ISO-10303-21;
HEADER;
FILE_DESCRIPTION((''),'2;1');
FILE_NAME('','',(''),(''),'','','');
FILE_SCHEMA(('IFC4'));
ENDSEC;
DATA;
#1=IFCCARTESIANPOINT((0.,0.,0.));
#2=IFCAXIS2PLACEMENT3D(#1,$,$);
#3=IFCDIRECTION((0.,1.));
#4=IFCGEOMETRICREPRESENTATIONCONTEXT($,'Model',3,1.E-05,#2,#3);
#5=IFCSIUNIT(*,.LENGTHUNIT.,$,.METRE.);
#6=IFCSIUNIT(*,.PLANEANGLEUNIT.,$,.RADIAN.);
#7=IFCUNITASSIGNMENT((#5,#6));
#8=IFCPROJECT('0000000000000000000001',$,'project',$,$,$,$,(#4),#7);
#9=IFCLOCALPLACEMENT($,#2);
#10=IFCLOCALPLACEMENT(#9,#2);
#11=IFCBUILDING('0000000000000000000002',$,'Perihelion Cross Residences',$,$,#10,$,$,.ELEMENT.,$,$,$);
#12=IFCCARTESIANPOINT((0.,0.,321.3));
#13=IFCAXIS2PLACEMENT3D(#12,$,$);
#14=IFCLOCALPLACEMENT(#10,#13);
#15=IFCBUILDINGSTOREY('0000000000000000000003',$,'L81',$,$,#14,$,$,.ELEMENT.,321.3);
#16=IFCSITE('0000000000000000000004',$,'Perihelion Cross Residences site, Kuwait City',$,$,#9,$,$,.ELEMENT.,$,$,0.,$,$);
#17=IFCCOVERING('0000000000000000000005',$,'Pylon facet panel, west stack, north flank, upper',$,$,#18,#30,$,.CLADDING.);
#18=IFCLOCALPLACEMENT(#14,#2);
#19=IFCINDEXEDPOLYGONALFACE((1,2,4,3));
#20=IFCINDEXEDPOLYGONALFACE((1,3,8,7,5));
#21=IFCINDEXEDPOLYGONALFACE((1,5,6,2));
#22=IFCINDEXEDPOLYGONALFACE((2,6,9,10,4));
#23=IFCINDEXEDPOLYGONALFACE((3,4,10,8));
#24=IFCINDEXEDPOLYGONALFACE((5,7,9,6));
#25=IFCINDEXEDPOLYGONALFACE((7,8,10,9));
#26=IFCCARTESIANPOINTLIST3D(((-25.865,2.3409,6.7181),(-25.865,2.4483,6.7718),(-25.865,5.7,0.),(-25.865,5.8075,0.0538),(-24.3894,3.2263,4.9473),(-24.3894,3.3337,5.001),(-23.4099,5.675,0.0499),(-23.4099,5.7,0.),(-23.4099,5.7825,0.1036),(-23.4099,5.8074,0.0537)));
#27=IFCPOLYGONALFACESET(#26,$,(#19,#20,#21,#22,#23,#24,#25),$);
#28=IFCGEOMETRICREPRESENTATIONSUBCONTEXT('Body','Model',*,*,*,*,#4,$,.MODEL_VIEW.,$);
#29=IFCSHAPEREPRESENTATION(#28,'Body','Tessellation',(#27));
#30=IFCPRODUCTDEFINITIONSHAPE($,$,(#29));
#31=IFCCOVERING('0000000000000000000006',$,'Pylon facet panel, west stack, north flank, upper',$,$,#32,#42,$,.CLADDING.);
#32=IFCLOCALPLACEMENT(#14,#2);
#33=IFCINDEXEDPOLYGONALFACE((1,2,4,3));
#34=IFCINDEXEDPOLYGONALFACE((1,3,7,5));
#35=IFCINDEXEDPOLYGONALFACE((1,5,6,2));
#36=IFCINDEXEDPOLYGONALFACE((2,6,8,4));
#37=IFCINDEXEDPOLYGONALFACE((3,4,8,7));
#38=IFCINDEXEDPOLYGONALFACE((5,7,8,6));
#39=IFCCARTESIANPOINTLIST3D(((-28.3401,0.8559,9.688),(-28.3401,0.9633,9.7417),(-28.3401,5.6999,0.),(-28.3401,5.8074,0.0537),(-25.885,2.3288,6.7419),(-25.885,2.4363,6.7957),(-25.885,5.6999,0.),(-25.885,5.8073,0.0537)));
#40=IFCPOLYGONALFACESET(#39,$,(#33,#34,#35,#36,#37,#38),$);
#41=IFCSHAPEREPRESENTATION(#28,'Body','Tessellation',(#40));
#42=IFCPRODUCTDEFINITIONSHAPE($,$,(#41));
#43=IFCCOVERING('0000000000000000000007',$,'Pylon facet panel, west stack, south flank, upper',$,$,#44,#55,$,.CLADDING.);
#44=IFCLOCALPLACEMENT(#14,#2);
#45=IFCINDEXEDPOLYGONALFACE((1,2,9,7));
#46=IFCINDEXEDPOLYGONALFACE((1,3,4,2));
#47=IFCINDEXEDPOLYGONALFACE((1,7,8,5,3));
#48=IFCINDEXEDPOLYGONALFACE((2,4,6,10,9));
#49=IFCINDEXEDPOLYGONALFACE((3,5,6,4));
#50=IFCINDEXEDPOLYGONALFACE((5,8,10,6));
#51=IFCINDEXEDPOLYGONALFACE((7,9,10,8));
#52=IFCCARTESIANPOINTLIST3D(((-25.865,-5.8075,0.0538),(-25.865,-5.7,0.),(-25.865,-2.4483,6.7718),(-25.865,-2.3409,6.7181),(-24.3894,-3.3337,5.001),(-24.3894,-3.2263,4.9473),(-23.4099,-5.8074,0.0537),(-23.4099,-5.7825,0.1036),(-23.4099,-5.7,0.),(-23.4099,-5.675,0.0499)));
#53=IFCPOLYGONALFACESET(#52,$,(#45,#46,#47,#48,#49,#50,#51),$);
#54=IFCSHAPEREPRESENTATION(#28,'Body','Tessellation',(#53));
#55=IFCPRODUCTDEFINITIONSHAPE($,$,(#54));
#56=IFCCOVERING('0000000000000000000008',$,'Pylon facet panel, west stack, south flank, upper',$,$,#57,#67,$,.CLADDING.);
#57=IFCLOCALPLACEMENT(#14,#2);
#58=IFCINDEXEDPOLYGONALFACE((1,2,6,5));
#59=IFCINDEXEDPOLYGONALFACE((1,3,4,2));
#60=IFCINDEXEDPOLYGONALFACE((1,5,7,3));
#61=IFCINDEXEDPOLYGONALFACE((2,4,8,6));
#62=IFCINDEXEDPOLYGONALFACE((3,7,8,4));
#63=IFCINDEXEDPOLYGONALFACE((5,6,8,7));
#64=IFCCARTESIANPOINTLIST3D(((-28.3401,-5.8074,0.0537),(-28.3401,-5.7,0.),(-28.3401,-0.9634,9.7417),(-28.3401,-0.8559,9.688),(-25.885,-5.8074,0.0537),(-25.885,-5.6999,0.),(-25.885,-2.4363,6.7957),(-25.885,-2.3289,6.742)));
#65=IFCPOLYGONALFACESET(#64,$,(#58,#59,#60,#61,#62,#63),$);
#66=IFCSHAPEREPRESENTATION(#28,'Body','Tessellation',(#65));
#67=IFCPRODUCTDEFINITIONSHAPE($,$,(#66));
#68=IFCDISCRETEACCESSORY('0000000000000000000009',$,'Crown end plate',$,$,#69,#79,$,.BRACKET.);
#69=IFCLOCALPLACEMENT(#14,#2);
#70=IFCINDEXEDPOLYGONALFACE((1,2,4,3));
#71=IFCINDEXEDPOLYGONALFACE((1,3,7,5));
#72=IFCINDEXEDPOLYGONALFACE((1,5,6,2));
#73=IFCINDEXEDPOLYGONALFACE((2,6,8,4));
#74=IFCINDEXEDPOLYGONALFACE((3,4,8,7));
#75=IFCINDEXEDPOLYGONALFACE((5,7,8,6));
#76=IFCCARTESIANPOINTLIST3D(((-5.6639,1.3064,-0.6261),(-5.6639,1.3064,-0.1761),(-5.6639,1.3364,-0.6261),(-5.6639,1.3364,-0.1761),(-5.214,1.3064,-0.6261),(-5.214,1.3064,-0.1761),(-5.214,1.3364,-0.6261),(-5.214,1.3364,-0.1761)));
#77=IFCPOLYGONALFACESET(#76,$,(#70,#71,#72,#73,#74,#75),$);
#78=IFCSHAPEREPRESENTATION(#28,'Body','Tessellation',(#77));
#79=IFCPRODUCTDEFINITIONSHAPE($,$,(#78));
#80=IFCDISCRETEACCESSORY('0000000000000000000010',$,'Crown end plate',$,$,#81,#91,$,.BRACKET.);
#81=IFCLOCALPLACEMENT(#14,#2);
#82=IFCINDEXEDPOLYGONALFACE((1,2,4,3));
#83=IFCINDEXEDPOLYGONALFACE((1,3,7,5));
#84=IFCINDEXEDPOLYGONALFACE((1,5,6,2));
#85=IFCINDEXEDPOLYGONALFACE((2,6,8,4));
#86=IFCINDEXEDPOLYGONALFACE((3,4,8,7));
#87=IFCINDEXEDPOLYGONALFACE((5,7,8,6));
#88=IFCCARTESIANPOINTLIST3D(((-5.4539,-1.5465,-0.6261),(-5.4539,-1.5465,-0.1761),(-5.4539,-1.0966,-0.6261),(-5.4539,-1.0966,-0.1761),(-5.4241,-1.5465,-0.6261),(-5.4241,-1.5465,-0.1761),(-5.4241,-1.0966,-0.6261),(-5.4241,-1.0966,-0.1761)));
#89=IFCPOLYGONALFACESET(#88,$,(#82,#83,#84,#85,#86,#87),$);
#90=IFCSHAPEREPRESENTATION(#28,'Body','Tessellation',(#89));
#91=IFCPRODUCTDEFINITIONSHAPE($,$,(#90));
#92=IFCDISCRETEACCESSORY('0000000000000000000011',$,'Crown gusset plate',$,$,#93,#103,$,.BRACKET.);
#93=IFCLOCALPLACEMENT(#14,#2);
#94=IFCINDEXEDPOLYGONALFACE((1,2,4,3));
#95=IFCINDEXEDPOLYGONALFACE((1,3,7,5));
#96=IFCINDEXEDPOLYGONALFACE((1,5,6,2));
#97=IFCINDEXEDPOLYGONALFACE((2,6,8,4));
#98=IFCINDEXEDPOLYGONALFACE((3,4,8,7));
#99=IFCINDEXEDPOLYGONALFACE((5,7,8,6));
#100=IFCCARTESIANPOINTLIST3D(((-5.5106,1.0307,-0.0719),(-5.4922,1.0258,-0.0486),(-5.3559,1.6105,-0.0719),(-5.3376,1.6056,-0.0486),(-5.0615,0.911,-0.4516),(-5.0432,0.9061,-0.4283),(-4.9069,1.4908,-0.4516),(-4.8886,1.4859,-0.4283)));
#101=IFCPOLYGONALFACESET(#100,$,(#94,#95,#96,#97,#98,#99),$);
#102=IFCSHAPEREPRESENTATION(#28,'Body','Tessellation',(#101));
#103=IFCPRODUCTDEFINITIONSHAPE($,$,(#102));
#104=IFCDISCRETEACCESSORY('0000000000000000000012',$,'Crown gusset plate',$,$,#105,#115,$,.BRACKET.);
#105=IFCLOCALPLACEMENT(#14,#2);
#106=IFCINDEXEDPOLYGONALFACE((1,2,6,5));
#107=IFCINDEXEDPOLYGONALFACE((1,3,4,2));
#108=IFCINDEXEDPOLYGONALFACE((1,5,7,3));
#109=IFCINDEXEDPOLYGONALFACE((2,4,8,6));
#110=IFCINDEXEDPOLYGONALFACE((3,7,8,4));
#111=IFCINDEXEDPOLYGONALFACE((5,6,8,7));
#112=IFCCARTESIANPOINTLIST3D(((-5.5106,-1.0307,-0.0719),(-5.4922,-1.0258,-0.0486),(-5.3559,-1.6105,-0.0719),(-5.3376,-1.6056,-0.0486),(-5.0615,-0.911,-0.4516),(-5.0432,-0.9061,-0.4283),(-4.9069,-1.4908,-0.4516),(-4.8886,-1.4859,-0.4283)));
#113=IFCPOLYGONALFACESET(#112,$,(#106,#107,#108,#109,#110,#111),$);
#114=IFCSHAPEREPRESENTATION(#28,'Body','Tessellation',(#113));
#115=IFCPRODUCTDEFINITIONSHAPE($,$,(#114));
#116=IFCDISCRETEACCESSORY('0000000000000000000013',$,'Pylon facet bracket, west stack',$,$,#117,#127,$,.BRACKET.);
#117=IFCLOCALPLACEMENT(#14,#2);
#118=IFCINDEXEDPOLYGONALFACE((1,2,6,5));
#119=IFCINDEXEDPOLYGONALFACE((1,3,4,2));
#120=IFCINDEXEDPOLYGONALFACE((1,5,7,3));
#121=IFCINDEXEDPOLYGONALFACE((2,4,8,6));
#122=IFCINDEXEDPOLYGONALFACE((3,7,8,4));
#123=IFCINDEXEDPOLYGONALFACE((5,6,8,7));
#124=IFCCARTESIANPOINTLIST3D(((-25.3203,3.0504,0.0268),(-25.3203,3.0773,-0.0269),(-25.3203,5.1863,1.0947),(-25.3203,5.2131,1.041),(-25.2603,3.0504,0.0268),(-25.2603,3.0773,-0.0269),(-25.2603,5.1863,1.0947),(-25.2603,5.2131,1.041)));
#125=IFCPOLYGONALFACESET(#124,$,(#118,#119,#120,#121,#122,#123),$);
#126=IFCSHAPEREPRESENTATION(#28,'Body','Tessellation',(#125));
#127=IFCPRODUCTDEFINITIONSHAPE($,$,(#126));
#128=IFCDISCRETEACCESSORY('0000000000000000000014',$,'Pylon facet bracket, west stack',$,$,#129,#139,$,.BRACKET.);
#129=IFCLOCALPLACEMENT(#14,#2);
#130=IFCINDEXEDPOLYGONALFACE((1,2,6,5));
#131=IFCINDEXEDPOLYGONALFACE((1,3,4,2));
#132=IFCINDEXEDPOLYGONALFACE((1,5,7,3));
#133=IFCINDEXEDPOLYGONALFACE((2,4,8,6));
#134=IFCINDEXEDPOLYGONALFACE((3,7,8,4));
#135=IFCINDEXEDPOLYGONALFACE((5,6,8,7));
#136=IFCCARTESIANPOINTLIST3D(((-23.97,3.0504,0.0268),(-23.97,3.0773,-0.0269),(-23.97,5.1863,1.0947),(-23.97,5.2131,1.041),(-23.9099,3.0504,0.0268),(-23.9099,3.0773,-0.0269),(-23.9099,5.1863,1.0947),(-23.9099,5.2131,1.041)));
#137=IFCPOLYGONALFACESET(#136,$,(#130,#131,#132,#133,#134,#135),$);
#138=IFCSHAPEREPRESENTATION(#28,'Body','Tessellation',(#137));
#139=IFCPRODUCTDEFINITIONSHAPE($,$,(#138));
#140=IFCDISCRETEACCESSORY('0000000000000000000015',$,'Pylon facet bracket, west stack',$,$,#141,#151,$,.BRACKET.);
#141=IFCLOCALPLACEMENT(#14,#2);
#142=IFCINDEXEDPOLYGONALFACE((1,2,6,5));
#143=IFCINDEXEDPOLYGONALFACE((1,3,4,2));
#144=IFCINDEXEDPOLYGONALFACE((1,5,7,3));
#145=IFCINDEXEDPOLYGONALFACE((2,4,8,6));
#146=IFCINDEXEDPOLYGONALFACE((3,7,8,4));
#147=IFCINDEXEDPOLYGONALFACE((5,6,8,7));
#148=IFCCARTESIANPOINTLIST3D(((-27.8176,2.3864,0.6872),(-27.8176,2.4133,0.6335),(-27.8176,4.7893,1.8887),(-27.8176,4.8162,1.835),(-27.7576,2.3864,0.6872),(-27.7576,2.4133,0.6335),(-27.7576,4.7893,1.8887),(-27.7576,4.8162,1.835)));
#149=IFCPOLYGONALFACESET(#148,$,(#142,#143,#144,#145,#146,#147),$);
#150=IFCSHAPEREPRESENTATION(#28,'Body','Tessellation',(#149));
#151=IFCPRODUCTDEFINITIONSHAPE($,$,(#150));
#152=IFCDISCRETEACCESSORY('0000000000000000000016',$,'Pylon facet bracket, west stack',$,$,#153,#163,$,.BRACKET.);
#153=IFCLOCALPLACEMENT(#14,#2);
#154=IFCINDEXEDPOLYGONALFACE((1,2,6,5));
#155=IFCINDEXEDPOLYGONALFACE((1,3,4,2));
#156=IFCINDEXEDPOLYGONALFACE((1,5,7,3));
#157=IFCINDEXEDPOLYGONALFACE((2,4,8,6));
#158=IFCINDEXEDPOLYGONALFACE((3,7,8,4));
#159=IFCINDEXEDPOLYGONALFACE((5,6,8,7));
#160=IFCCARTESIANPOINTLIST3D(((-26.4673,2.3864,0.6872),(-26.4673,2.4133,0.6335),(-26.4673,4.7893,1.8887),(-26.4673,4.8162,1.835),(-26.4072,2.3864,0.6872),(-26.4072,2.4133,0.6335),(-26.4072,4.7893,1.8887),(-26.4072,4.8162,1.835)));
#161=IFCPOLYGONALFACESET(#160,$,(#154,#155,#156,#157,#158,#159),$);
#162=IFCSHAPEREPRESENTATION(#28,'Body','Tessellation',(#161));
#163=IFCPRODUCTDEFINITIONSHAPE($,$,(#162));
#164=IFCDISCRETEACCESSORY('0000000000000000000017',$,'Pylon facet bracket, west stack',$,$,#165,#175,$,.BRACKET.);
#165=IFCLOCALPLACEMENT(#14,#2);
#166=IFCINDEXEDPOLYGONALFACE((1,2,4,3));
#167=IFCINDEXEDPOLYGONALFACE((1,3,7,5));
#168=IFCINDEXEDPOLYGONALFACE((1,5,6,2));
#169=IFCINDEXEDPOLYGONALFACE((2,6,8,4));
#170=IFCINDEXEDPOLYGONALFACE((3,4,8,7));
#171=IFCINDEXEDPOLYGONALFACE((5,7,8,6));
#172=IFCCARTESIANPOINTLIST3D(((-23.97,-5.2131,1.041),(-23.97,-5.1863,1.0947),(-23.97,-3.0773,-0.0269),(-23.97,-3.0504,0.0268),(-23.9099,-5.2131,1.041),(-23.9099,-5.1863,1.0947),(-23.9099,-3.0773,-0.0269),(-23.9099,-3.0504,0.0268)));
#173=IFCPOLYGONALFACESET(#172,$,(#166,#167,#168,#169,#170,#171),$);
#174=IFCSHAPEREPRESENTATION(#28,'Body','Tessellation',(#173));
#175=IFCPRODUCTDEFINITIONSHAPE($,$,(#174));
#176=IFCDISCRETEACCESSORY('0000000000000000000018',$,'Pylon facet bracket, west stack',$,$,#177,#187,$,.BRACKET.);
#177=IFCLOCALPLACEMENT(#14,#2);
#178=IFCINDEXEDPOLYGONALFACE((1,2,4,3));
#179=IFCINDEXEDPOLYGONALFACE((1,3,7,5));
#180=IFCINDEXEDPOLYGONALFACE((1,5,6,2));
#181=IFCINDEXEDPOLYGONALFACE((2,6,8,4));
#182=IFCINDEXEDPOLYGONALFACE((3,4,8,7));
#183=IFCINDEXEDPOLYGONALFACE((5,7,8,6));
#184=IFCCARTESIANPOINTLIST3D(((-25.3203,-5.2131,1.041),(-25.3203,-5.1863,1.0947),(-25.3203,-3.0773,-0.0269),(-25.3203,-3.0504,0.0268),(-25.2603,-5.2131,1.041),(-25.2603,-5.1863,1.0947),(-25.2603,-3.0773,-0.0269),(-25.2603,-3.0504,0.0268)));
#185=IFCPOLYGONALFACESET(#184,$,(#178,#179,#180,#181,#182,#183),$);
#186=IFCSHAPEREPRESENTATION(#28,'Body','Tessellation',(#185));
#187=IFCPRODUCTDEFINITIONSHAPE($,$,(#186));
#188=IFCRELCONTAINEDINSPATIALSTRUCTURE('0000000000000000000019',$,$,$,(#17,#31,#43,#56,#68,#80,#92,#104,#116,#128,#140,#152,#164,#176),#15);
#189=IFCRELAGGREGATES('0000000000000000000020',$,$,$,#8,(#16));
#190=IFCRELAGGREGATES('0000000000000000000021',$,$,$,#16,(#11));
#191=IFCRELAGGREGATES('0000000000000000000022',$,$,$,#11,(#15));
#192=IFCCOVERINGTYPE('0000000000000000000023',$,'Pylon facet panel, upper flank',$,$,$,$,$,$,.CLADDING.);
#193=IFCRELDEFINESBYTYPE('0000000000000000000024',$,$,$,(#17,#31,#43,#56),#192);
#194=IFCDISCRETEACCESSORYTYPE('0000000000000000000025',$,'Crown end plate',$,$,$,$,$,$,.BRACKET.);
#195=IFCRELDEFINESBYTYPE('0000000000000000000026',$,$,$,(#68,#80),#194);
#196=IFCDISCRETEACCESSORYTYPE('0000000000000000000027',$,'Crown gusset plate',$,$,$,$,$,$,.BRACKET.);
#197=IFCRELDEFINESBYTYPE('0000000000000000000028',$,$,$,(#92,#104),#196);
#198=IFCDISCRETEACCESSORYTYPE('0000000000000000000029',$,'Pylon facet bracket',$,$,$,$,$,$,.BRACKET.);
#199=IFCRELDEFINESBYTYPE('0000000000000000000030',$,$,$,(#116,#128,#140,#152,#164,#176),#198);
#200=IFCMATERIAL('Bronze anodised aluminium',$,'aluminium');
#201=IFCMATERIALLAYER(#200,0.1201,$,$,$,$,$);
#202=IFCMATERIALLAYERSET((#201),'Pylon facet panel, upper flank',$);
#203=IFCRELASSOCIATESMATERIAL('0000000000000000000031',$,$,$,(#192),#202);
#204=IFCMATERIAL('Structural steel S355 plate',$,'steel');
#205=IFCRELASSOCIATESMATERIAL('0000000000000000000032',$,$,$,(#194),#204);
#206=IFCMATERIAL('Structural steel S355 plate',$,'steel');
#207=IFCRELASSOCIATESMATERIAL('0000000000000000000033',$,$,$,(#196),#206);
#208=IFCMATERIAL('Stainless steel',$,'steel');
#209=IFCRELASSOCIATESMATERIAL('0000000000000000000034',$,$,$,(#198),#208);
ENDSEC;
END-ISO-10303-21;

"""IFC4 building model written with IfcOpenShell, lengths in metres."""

from ifc_helpers import new_model, si_unit, direction, frame, origin, origin_2d, place, context, subcontext, project, spatial, polyline, rectangle, outline, extrude, material, layer, layer_set, material_profile, profile_set, type_object, element, save


model = new_model("IFC4")

# Units and contexts
model_context = context("Model", 3, precision=1e-05, world=origin(), true_north=direction((0.0, 1.0)))
body_context = subcontext(model_context, "Body", "Model", "MODEL_VIEW")
ifc_project = project(units=[si_unit("LENGTHUNIT", "METRE"), si_unit("PLANEANGLEUNIT", "RADIAN")], contexts=[model_context])

# Site, building, storey
site_placement = place(None, origin())
site = spatial("IfcSite", under=ifc_project, at=site_placement, Name="Perihelion Cross Residences site, Kuwait City", CompositionType="ELEMENT", RefElevation=0.0)
building_placement = place(site_placement, origin())
building = spatial("IfcBuilding", under=site, at=building_placement, Name="Perihelion Cross Residences", CompositionType="ELEMENT")
storey_placement = place(building_placement, frame((0.0, 0.0, 321.3)))
storey = spatial("IfcBuildingStorey", under=building, at=storey_placement, Name="L81", CompositionType="ELEMENT", Elevation=321.3)

# Coverings
ifc_material_1 = material(Name="Bronze anodised aluminium", Category="aluminium")
ifc_layer_1 = layer(ifc_material_1, 0.1201)
ifc_layer_set_1 = layer_set([ifc_layer_1], Name="Pylon facet panel, upper flank")
covering_type_1 = type_object("IfcCoveringType", Name="Pylon facet panel, upper flank", PredefinedType="CLADDING", material=ifc_layer_set_1)
covering_1_placement = place(storey_placement, frame((-24.3894, 3.3337, 5.001), z_axis=(0.000024, 0.89442, 0.447227), x_axis=(0.176094, 0.440235, -0.880446)))
element("IfcCovering", 1, at=covering_1_placement, inside=storey, type_object=covering_type_1, Name="Pylon facet panel, west stack, north flank, upper", PredefinedType="CLADDING", context=body_context, shape_type="SweptSolid", body=[
    extrude(outline(polyline([(0.0, 0.0), (5.5623, 0.0), (5.6173, 0.0098), (5.1849, 2.4265), (-2.2087, 1.1039), (0.0, 0.0)])), origin(), (0.0, 0.0, -1.0), 0.1201),
])
covering_2_placement = place(storey_placement, frame((-25.885, 2.4363, 6.7957), z_axis=(0.000026, 0.894425, 0.447219), x_axis=(0.0, 0.447219, -0.894425)))
element("IfcCovering", 2, at=covering_2_placement, inside=storey, type_object=covering_type_1, Name="Pylon facet panel, west stack, north flank, upper", PredefinedType="CLADDING", context=body_context, shape_type="SweptSolid", body=[
    extrude(outline(polyline([(0.0, 0.0), (7.5378, 0.0), (7.5378, 2.4551), (-3.2937, 2.4551), (0.0, 0.0)])), origin(), (0.0, 0.0, -1.0), 0.1201),
])
covering_3_placement = place(storey_placement, frame((-24.3894, -3.3337, 5.001), z_axis=(0.000024, -0.89442, 0.447227), x_axis=(-0.597593, 0.358573, 0.717152)))
element("IfcCovering", 3, at=covering_3_placement, inside=storey, type_object=covering_type_1, Name="Pylon facet panel, west stack, south flank, upper", PredefinedType="CLADDING", context=body_context, shape_type="SweptSolid", body=[
    extrude(outline(polyline([(0.0, 0.0), (2.4692, 0.0), (-3.5531, 4.4885), (-5.0203, 2.5201), (-4.9755, 2.4867), (0.0, 0.0)])), origin(), (0.0, 0.0, -1.0), 0.1201),
])
covering_4_placement = place(storey_placement, frame((-28.3401, -0.9634, 9.7417), z_axis=(0.000026, -0.894425, 0.447219), x_axis=(0.0, -0.447219, -0.894425)))
element("IfcCovering", 4, at=covering_4_placement, inside=storey, type_object=covering_type_1, Name="Pylon facet panel, west stack, south flank, upper", PredefinedType="CLADDING", context=body_context, shape_type="SweptSolid", body=[
    extrude(outline(polyline([(0.0, 0.0), (10.8315, 0.0), (10.8315, 2.4551), (3.2937, 2.4551), (0.0, 0.0)])), origin(), (0.0, 0.0, -1.0), 0.1201),
])

# Discrete accessories
ifc_material_2 = material(Name="Structural steel S355 plate", Category="steel")
ifc_material_profile_1 = material_profile(ifc_material_2, rectangle(XDim=0.45, YDim=0.45, at=origin_2d()), Name="Crown end plate")
ifc_profile_set_1 = profile_set([ifc_material_profile_1], Name="Structural steel S355 plate")
discrete_accessory_type_1 = type_object("IfcDiscreteAccessoryType", Name="Crown end plate", PredefinedType="BRACKET", material=ifc_profile_set_1)
discrete_accessory_1_placement = place(storey_placement, frame((-5.439, 1.3364, -0.4011), z_axis=(0.0, -1.0, 0.0), x_axis=(1.0, 0.0, 0.0)))
element("IfcDiscreteAccessory", 5, at=discrete_accessory_1_placement, inside=storey, type_object=discrete_accessory_type_1, Name="Crown end plate", PredefinedType="BRACKET", context=body_context, shape_type="SweptSolid", body=[
    extrude(rectangle(XDim=0.45, YDim=0.45, at=origin_2d()), origin(), (0.0, 0.0, 1.0), 0.03),
])
discrete_accessory_2_placement = place(storey_placement, frame((-5.4539, -1.3215, -0.4011), z_axis=(1.0, 0.0, 0.0), x_axis=(0.0, 1.0, 0.0)))
element("IfcDiscreteAccessory", 6, at=discrete_accessory_2_placement, inside=storey, type_object=discrete_accessory_type_1, Name="Crown end plate", PredefinedType="BRACKET", context=body_context, shape_type="SweptSolid", body=[
    extrude(rectangle(XDim=0.45, YDim=0.45, at=origin_2d()), origin(), (0.0, 0.0, 1.0), 0.0298),
])
ifc_material_3 = material(Name="Structural steel S355 plate", Category="steel")
ifc_material_profile_2 = material_profile(ifc_material_3, rectangle(XDim=0.6001, YDim=0.6001, at=origin_2d()), Name="Crown gusset plate")
ifc_profile_set_2 = profile_set([ifc_material_profile_2], Name="Structural steel S355 plate")
discrete_accessory_type_2 = type_object("IfcDiscreteAccessoryType", Name="Crown gusset plate", PredefinedType="BRACKET", material=ifc_profile_set_2)
for number, where, z_axis, x_axis, name in (
    (7, (-5.2087, 1.2607, -0.2617), (0.611354, -0.163028, 0.774382), (0.257663, 0.966235, 0.0), "Crown gusset plate"),
    (8, (-5.2087, -1.2607, -0.2617), (0.611354, 0.163028, 0.774382), (-0.257663, 0.966235, 0.0), "Crown gusset plate"),
):
    element("IfcDiscreteAccessory", number, at=place(storey_placement, frame(where, z_axis=z_axis, x_axis=x_axis)), inside=storey, type_object=discrete_accessory_type_2, Name=name, PredefinedType="BRACKET", context=body_context, shape_type="SweptSolid", body=[
        extrude(rectangle(XDim=0.6001, YDim=0.6001, at=origin_2d()), origin(), (0.0, 0.0, 1.0), 0.03),
    ])
ifc_material_4 = material(Name="Stainless steel", Category="steel")
ifc_material_profile_3 = material_profile(ifc_material_4, rectangle(XDim=0.0601, YDim=0.0601, at=origin_2d()), Name="Pylon facet bracket")
ifc_profile_set_3 = profile_set([ifc_material_profile_3], Name="Stainless steel")
discrete_accessory_type_3 = type_object("IfcDiscreteAccessoryType", Name="Pylon facet bracket", PredefinedType="BRACKET", material=ifc_profile_set_3)
for number, where, z_axis, x_axis, name in (
    (9, (-25.2903, 5.1997, 1.0679), (0.0, -0.894427, -0.447214), (1.0, 0.0, 0.0), "Pylon facet bracket, west stack"),
    (10, (-23.9399, 5.1997, 1.0679), (0.0, -0.894427, -0.447214), (1.0, 0.0, 0.0), "Pylon facet bracket, west stack"),
):
    element("IfcDiscreteAccessory", number, at=place(storey_placement, frame(where, z_axis=z_axis, x_axis=x_axis)), inside=storey, type_object=discrete_accessory_type_3, Name=name, PredefinedType="BRACKET", context=body_context, shape_type="SweptSolid", body=[
        extrude(rectangle(XDim=0.0601, YDim=0.0601, at=origin_2d()), origin(), (0.0, 0.0, 1.0), 2.3879),
    ])
for number, where, z_axis, x_axis, name in (
    (11, (-27.7876, 4.8027, 1.8618), (0.0, -0.894427, -0.447214), (1.0, 0.0, 0.0), "Pylon facet bracket, west stack"),
    (12, (-26.4373, 4.8027, 1.8618), (0.0, -0.894427, -0.447214), (1.0, 0.0, 0.0), "Pylon facet bracket, west stack"),
):
    element("IfcDiscreteAccessory", number, at=place(storey_placement, frame(where, z_axis=z_axis, x_axis=x_axis)), inside=storey, type_object=discrete_accessory_type_3, Name=name, PredefinedType="BRACKET", context=body_context, shape_type="SweptSolid", body=[
        extrude(rectangle(XDim=0.0601, YDim=0.0601, at=origin_2d()), origin(), (0.0, 0.0, 1.0), 2.6865),
    ])
for number, where, z_axis, x_axis, name in (
    (13, (-23.9399, -5.1997, 1.0679), (0.0, 0.894427, -0.447214), (-1.0, 0.0, 0.0), "Pylon facet bracket, west stack"),
    (14, (-25.2903, -5.1997, 1.0679), (0.0, 0.894427, -0.447214), (-1.0, 0.0, 0.0), "Pylon facet bracket, west stack"),
):
    element("IfcDiscreteAccessory", number, at=place(storey_placement, frame(where, z_axis=z_axis, x_axis=x_axis)), inside=storey, type_object=discrete_accessory_type_3, Name=name, PredefinedType="BRACKET", context=body_context, shape_type="SweptSolid", body=[
        extrude(rectangle(XDim=0.0601, YDim=0.0601, at=origin_2d()), origin(), (0.0, 0.0, 1.0), 2.3879),
    ])

save(model, "model.ifc")
